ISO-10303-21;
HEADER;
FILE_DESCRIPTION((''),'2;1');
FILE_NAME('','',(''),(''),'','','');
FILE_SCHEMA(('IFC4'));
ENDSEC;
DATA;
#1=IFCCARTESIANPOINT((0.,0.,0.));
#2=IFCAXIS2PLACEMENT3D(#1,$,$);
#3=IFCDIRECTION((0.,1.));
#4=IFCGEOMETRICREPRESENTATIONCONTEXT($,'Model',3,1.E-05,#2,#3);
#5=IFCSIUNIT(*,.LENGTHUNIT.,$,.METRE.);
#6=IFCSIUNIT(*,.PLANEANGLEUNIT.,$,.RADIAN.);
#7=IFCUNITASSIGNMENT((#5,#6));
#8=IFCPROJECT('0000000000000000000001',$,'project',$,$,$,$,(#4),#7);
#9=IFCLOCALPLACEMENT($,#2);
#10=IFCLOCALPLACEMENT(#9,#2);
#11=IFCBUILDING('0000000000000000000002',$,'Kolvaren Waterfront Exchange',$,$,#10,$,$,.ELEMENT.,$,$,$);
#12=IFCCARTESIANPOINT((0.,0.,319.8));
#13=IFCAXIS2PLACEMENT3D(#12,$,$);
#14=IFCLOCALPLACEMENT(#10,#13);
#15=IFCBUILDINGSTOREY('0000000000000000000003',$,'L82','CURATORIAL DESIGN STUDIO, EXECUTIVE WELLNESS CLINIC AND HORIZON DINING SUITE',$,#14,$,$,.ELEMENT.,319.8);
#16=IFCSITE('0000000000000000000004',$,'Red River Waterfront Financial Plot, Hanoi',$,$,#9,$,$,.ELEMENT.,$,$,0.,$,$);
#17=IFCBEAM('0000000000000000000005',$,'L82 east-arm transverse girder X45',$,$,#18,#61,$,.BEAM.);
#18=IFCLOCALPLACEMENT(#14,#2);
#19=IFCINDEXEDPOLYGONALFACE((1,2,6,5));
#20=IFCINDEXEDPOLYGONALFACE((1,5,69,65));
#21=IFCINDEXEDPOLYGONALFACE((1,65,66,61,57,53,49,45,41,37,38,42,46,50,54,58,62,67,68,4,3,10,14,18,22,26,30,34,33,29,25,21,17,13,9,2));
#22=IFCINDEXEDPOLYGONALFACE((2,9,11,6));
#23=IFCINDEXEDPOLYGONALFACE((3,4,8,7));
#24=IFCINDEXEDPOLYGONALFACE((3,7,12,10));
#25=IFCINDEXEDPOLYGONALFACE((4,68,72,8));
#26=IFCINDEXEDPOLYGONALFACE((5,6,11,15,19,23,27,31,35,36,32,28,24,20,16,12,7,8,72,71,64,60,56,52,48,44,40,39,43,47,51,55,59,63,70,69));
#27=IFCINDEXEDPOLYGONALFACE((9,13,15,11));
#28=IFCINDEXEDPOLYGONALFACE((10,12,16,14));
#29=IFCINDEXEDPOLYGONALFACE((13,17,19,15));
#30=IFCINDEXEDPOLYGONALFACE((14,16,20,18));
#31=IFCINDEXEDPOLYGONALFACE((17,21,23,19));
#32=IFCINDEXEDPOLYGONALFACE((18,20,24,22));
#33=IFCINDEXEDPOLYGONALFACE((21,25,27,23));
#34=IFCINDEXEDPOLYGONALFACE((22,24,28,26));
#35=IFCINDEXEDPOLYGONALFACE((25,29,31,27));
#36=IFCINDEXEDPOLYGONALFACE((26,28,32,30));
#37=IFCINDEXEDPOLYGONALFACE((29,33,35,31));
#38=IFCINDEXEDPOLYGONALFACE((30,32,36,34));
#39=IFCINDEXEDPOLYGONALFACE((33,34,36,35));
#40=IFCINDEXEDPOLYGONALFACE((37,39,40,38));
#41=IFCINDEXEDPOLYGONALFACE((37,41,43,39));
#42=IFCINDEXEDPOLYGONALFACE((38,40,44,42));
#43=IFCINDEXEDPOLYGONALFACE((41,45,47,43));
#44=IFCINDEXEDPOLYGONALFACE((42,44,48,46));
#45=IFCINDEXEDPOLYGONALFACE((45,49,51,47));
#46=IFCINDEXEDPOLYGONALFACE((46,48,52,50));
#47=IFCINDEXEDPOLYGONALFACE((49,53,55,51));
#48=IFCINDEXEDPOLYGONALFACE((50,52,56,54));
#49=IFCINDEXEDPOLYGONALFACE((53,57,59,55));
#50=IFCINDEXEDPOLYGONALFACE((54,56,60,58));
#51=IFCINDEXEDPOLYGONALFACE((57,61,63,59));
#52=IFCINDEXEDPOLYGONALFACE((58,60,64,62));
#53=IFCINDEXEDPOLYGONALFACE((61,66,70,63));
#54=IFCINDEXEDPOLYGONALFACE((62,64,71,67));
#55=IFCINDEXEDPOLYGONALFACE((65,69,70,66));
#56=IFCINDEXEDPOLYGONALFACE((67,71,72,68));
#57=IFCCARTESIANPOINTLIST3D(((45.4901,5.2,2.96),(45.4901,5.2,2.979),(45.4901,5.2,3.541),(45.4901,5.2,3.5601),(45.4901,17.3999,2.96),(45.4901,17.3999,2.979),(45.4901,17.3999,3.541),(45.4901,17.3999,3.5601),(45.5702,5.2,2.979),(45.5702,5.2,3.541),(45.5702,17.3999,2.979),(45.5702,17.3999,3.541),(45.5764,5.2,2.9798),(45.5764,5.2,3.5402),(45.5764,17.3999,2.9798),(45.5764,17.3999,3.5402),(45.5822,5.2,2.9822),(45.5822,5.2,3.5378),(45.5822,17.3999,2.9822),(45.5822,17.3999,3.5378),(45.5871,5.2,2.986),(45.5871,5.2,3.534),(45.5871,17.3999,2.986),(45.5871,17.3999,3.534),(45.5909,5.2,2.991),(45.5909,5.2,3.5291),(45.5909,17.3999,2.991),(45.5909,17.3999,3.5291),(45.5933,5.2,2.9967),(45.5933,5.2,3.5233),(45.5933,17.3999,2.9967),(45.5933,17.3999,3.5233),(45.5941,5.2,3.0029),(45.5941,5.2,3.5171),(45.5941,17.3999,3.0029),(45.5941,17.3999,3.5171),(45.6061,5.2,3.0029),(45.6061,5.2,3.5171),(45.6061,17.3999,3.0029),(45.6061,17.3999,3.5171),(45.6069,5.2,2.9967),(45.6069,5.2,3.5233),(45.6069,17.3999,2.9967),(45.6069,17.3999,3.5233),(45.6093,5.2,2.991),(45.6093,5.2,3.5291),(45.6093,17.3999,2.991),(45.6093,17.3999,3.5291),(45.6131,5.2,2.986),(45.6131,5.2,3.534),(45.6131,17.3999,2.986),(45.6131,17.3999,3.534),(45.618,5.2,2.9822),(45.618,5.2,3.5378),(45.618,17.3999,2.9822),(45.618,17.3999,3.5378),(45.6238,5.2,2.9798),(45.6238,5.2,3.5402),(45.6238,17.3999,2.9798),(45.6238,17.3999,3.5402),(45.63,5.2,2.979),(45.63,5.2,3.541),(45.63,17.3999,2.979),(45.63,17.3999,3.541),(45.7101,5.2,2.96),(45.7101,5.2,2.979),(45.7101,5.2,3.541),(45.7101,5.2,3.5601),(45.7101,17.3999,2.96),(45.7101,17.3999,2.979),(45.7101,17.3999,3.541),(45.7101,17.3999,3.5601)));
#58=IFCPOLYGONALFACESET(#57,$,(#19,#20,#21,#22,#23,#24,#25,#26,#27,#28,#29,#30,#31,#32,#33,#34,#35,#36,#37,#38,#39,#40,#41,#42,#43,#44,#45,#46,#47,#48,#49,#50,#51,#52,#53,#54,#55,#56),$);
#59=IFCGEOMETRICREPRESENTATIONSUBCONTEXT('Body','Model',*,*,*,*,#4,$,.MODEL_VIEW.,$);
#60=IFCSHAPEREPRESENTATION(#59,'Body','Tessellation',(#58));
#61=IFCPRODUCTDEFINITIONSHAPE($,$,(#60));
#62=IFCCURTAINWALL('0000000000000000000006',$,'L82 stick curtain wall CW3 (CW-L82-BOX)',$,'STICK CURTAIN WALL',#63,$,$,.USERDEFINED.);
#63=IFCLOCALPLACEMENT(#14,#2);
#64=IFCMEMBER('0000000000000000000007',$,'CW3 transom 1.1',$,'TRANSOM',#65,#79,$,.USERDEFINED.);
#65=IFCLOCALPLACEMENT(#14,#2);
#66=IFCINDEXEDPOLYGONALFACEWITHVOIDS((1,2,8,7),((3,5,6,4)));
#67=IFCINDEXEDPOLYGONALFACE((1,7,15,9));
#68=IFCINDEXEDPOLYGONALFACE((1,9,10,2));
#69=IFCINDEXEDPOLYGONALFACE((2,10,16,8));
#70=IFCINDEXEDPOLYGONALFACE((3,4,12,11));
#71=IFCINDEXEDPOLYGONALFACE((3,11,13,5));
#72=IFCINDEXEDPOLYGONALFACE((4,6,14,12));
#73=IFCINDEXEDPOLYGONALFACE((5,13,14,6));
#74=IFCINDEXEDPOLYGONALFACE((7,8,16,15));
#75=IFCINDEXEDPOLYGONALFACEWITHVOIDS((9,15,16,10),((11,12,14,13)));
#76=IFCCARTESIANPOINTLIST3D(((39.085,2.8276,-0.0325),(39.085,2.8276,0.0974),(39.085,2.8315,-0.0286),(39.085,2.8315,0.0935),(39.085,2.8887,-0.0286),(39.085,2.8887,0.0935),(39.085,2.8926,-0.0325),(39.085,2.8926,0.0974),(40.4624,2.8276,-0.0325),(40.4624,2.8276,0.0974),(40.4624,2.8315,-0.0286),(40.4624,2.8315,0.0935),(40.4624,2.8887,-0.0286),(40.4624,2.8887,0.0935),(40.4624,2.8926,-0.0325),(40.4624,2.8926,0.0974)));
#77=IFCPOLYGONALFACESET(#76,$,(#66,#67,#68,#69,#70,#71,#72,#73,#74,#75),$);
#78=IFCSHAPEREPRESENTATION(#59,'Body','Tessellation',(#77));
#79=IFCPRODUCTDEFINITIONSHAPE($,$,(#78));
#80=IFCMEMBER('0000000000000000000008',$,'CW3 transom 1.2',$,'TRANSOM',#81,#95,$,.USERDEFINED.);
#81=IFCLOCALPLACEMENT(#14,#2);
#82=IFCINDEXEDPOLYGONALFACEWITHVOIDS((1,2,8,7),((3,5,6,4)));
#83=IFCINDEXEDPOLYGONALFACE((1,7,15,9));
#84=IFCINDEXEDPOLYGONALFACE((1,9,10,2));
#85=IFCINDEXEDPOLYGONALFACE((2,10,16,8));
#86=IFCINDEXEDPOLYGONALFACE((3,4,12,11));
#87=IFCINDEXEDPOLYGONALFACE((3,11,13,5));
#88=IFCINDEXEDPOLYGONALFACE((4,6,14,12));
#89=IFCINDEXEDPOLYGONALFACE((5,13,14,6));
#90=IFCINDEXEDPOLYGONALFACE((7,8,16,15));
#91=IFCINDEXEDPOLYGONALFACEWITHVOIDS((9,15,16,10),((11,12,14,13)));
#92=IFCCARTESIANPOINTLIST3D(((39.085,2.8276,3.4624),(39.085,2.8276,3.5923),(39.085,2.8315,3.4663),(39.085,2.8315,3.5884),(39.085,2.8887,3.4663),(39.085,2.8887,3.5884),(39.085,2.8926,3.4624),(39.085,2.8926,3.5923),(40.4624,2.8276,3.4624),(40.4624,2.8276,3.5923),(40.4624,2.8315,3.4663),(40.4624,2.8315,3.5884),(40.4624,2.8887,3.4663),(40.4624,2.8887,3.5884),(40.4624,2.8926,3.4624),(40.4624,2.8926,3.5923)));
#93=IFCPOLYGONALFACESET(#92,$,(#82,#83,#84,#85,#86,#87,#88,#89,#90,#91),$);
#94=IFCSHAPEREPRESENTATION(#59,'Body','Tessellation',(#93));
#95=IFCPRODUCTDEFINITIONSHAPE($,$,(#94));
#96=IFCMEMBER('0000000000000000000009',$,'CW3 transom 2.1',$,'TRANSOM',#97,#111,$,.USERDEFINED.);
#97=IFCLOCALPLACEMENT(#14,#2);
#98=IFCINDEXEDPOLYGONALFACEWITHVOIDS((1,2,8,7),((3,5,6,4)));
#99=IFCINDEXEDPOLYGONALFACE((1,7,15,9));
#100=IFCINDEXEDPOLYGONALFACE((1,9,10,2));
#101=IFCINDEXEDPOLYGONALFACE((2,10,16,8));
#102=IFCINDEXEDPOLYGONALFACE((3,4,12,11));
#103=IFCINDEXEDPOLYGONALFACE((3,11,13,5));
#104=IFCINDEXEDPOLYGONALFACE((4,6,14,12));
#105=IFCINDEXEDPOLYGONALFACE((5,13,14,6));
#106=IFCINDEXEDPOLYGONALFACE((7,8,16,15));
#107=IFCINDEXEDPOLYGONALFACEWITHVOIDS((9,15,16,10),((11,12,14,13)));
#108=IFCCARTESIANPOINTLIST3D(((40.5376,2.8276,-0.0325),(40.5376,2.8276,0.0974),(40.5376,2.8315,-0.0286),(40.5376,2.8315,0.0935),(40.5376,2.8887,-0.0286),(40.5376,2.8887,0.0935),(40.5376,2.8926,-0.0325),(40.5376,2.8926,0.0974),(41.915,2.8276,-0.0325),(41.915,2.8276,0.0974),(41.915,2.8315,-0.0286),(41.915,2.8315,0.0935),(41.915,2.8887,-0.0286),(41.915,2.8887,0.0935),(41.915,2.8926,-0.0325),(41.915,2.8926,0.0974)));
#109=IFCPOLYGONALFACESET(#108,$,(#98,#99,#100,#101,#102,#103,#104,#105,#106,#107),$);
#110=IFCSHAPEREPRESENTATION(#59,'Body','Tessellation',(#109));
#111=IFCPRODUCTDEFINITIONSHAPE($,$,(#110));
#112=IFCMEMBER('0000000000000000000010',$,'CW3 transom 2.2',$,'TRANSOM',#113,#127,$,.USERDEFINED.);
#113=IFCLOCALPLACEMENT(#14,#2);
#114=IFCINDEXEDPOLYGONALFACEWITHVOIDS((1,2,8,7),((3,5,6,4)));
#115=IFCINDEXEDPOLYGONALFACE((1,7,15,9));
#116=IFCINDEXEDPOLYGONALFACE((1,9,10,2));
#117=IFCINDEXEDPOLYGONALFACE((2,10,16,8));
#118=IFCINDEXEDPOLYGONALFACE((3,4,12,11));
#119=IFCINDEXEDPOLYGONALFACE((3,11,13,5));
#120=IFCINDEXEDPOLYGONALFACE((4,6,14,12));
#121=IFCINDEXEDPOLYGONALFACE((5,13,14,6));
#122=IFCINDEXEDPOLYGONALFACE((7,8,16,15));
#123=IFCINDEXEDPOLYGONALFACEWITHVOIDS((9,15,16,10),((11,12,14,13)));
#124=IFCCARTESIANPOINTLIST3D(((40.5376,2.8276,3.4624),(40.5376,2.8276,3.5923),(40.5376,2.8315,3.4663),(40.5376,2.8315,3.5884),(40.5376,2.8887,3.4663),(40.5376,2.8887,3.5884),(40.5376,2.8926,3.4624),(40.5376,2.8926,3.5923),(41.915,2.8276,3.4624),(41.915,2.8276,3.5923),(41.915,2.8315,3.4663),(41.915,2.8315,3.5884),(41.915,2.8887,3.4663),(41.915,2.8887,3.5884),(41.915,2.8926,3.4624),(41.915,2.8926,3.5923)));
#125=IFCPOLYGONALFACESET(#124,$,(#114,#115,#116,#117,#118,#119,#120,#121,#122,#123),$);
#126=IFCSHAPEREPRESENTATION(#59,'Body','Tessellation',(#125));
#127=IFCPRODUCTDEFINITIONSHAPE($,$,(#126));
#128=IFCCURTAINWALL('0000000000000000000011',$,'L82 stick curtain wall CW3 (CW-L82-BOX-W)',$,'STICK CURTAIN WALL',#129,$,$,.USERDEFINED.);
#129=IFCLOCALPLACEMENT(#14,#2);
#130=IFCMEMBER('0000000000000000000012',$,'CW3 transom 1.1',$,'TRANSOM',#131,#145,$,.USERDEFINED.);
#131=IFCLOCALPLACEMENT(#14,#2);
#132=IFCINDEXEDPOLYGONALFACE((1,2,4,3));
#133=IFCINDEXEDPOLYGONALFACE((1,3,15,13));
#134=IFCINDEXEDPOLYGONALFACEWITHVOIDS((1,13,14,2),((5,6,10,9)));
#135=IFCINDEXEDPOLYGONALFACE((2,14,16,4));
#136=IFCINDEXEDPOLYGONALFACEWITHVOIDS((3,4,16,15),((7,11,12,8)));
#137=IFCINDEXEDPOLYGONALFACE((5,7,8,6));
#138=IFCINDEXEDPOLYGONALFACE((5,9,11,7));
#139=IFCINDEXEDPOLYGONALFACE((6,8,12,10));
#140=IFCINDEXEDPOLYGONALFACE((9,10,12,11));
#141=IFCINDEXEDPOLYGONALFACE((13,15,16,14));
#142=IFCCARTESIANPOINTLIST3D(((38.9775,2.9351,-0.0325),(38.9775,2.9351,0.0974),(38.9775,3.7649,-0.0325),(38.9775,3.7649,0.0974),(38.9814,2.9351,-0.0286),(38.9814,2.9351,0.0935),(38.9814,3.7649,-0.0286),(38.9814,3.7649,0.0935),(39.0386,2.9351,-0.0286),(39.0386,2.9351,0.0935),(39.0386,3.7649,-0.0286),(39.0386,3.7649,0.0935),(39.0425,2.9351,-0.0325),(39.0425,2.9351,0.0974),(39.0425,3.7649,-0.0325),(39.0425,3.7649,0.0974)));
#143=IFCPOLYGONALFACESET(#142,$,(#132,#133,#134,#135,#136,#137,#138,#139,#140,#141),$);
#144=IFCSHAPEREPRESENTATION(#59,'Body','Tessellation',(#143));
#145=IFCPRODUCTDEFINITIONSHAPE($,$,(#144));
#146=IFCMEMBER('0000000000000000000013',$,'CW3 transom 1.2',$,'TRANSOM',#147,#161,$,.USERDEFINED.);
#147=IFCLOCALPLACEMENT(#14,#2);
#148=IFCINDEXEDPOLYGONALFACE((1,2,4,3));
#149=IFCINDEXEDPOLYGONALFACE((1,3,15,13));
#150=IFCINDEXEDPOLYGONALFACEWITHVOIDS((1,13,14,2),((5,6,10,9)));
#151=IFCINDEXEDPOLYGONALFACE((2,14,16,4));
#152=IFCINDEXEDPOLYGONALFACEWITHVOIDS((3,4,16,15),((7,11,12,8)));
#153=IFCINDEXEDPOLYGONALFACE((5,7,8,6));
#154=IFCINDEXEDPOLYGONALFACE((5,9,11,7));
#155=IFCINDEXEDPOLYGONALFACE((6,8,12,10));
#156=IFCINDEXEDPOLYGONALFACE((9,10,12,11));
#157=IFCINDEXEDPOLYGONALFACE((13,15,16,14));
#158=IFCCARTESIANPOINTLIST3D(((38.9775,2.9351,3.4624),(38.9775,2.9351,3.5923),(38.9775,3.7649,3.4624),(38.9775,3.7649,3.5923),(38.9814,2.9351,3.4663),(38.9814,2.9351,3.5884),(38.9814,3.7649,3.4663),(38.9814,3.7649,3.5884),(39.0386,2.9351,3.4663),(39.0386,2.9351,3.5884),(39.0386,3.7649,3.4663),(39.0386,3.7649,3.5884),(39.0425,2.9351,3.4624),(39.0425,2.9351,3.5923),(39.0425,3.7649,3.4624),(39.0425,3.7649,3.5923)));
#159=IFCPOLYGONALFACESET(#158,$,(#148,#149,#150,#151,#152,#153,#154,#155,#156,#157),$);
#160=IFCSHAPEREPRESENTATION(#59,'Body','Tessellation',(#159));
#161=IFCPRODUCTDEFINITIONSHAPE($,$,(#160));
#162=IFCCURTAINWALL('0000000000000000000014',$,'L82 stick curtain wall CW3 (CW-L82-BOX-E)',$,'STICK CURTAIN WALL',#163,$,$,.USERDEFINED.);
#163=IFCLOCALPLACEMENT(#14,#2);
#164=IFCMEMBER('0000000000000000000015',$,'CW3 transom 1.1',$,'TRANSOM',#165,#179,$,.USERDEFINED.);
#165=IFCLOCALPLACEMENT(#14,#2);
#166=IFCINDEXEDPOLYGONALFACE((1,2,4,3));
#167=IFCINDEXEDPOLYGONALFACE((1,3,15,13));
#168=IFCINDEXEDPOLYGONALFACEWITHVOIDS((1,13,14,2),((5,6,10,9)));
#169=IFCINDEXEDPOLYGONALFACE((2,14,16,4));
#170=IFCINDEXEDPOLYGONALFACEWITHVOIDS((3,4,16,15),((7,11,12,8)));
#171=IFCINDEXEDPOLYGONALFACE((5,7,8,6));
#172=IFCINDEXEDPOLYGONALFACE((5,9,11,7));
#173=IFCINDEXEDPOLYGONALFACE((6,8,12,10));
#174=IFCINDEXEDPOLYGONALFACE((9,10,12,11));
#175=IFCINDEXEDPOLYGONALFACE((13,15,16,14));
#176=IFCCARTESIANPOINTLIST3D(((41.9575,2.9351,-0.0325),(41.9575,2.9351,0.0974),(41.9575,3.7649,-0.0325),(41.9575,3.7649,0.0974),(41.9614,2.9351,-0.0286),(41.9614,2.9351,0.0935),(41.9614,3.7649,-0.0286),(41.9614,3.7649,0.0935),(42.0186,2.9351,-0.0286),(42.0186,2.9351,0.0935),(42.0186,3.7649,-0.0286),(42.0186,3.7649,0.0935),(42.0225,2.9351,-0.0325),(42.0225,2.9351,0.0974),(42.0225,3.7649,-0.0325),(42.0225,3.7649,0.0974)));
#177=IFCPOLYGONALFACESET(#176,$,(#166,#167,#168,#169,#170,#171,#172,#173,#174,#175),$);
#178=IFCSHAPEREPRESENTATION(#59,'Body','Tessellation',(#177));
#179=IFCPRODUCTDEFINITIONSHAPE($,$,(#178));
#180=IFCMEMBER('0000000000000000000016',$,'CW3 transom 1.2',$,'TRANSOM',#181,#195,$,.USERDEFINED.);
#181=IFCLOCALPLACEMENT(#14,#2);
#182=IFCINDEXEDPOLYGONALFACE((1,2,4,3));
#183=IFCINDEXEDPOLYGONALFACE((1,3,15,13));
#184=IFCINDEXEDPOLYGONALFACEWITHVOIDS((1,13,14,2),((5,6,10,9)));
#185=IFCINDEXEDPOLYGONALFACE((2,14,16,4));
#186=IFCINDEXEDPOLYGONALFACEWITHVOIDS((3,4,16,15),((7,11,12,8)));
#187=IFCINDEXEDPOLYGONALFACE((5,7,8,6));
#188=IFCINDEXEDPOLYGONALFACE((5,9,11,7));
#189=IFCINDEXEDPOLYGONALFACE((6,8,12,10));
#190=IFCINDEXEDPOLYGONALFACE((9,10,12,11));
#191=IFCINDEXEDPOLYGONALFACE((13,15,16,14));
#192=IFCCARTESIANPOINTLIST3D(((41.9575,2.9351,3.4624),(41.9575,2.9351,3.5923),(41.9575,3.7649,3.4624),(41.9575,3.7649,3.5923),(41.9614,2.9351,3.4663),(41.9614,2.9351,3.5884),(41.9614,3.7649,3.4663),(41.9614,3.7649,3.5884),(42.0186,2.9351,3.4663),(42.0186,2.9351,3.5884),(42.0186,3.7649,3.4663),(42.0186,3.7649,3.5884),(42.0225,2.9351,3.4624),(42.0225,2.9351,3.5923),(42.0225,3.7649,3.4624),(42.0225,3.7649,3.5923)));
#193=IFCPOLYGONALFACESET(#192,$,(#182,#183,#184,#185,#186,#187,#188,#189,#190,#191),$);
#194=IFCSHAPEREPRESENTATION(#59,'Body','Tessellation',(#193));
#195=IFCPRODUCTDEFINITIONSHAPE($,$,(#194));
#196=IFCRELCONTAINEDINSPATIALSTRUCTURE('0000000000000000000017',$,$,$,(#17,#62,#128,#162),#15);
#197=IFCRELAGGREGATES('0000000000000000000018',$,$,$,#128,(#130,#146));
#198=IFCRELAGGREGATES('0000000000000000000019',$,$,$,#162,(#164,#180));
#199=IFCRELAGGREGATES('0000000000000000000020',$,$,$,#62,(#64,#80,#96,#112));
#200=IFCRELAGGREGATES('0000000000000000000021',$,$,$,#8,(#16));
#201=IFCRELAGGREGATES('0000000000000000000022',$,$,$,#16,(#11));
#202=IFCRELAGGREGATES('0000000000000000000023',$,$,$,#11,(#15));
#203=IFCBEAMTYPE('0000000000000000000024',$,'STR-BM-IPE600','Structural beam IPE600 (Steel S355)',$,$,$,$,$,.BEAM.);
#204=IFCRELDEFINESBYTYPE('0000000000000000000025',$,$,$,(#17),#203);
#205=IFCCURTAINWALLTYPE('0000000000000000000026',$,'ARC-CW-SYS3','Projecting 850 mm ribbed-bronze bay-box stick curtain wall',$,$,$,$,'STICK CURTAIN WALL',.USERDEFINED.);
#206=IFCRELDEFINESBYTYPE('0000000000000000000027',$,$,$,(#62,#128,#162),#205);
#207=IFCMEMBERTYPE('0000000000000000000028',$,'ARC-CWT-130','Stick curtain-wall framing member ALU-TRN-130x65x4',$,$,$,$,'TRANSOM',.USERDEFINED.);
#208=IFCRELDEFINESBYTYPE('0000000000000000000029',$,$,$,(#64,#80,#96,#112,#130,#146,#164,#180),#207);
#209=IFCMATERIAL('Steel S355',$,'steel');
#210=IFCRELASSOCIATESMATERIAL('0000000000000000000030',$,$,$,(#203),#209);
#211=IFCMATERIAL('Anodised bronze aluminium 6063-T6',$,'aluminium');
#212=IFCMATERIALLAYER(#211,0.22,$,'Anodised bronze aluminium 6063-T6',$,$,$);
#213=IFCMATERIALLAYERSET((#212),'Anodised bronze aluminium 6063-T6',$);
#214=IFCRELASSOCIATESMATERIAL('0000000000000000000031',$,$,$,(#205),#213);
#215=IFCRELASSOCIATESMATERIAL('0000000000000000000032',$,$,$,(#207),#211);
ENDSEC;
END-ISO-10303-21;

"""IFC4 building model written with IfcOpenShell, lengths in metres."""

from ifc_helpers import new_model, si_unit, direction, frame, origin, origin_with_axes, origin_2d, place, context, subcontext, project, spatial, hollow_rectangle, i_section, extrude, source, transform, mapped, material, layer, layer_set, material_profile, profile_set, type_object, element, aggregate, save


model = new_model("IFC4")

# Units and contexts
model_context = context("Model", 3, precision=1e-05, world=origin(), true_north=direction((0.0, 1.0)))
body_context = subcontext(model_context, "Body", "Model", "MODEL_VIEW")
ifc_project = project(units=[si_unit("LENGTHUNIT", "METRE"), si_unit("PLANEANGLEUNIT", "RADIAN")], contexts=[model_context])

# Site, building, storey
site_placement = place(None, origin())
site = spatial("IfcSite", under=ifc_project, at=site_placement, Name="Red River Waterfront Financial Plot, Hanoi", CompositionType="ELEMENT", RefElevation=0.0)
building_placement = place(site_placement, origin())
building = spatial("IfcBuilding", under=site, at=building_placement, Name="Kolvaren Waterfront Exchange", CompositionType="ELEMENT")
storey_placement = place(building_placement, frame((0.0, 0.0, 319.8)))
storey = spatial("IfcBuildingStorey", under=building, at=storey_placement, Name="L82", Description="CURATORIAL DESIGN STUDIO, EXECUTIVE WELLNESS CLINIC AND HORIZON DINING SUITE", CompositionType="ELEMENT", Elevation=319.8)

# Beam
ifc_material_1 = material(Name="Steel S355", Category="steel")
ifc_material_profile_1 = material_profile(ifc_material_1, i_section(OverallWidth=0.22, OverallDepth=0.6001, WebThickness=0.012, FlangeThickness=0.019, FilletRadius=0.0239, at=origin_2d()), Name="IPE600")
ifc_profile_set_1 = profile_set([ifc_material_profile_1], Name="Steel S355")
beam_type_1 = type_object("IfcBeamType", Name="STR-BM-IPE600", Description="Structural beam IPE600 (Steel S355)", PredefinedType="BEAM", material=ifc_profile_set_1)
for number, where, z_axis, x_axis, name in (
    (1, (45.6001, 5.2, 3.26), (0.0, 1.0, 0.0), (-1.0, 0.0, 0.0), "L82 east-arm transverse girder X45"),
):
    element("IfcBeam", number, at=place(storey_placement, frame(where, z_axis=z_axis, x_axis=x_axis)), inside=storey, type_object=beam_type_1, Name=name, PredefinedType="BEAM", context=body_context, shape_type="SweptSolid", body=[
        extrude(i_section(OverallWidth=0.22, OverallDepth=0.6001, WebThickness=0.012, FlangeThickness=0.019, FilletRadius=0.0239, at=origin_2d()), origin(), (0.0, 0.0, 1.0), 12.2),
    ])

# Curtain walls, members
ifc_material_2 = material(Name="Anodised bronze aluminium 6063-T6", Category="aluminium")
ifc_layer_1 = layer(ifc_material_2, 0.22, Name="Anodised bronze aluminium 6063-T6")
ifc_layer_set_1 = layer_set([ifc_layer_1], Name="Anodised bronze aluminium 6063-T6")
curtain_wall_type_1 = type_object("IfcCurtainWallType", Name="ARC-CW-SYS3", Description="Projecting 850 mm ribbed-bronze bay-box stick curtain wall", ElementType="STICK CURTAIN WALL", PredefinedType="USERDEFINED", material=ifc_layer_set_1)
curtain_wall_1_placement = place(storey_placement, origin())
curtain_wall_1 = element("IfcCurtainWall", 2, at=curtain_wall_1_placement, inside=storey, type_object=curtain_wall_type_1, Name="L82 stick curtain wall CW3 (CW-L82-BOX)", ObjectType="STICK CURTAIN WALL", PredefinedType="USERDEFINED")
ifc_material_profile_2 = material_profile(ifc_material_2, hollow_rectangle(XDim=0.0649, YDim=0.1299, WallThickness=0.0039, at=origin_2d()), Name="ALU-TRN-130x65x4")
ifc_profile_set_2 = profile_set([ifc_material_profile_2], Name="Anodised bronze aluminium 6063-T6")
member_type_1 = type_object("IfcMemberType", Name="ARC-CWT-130", Description="Stick curtain-wall framing member ALU-TRN-130x65x4", ElementType="TRANSOM", PredefinedType="USERDEFINED", material=ifc_profile_set_2)
shared_shape_1 = source(origin_with_axes(), body_context, "Body", "SweptSolid", [
    extrude(hollow_rectangle(XDim=0.0649, YDim=0.1299, WallThickness=0.0039, at=origin_2d()), origin(), (0.0, 0.0, 1.0), 1.3774),
])
member_1_placement = place(storey_placement, frame((39.085, 2.8601, 0.0325), z_axis=(1.0, 0.0, 0.0), x_axis=(0.0, 1.0, 0.0)))
member_1 = element("IfcMember", 3, at=member_1_placement, type_object=member_type_1, Name="CW3 transom 1.1", ObjectType="TRANSOM", PredefinedType="USERDEFINED", context=body_context, shape_type="MappedRepresentation", body=[
    mapped(shared_shape_1, transform((0.0, 0.0, 0.0), x_axis=(1.0, 0.0, 0.0), y_axis=(0.0, 1.0, 0.0), z_axis=(0.0, 0.0, 1.0), scale=1.0)),
])
member_2_placement = place(storey_placement, frame((39.085, 2.8601, 3.5273), z_axis=(1.0, 0.0, 0.0), x_axis=(0.0, 1.0, 0.0)))
member_2 = element("IfcMember", 4, at=member_2_placement, type_object=member_type_1, Name="CW3 transom 1.2", ObjectType="TRANSOM", PredefinedType="USERDEFINED", context=body_context, shape_type="MappedRepresentation", body=[
    mapped(shared_shape_1, transform((0.0, 0.0, 0.0), x_axis=(1.0, 0.0, 0.0), y_axis=(0.0, 1.0, 0.0), z_axis=(0.0, 0.0, 1.0), scale=1.0)),
])
member_3_placement = place(storey_placement, frame((40.5376, 2.8601, 0.0325), z_axis=(1.0, 0.0, 0.0), x_axis=(0.0, 1.0, 0.0)))
member_3 = element("IfcMember", 5, at=member_3_placement, type_object=member_type_1, Name="CW3 transom 2.1", ObjectType="TRANSOM", PredefinedType="USERDEFINED", context=body_context, shape_type="MappedRepresentation", body=[
    mapped(shared_shape_1, transform((0.0, 0.0, 0.0), x_axis=(1.0, 0.0, 0.0), y_axis=(0.0, 1.0, 0.0), z_axis=(0.0, 0.0, 1.0), scale=1.0)),
])
member_4_placement = place(storey_placement, frame((40.5376, 2.8601, 3.5273), z_axis=(1.0, 0.0, 0.0), x_axis=(0.0, 1.0, 0.0)))
member_4 = element("IfcMember", 6, at=member_4_placement, type_object=member_type_1, Name="CW3 transom 2.2", ObjectType="TRANSOM", PredefinedType="USERDEFINED", context=body_context, shape_type="MappedRepresentation", body=[
    mapped(shared_shape_1, transform((0.0, 0.0, 0.0), x_axis=(1.0, 0.0, 0.0), y_axis=(0.0, 1.0, 0.0), z_axis=(0.0, 0.0, 1.0), scale=1.0)),
])
curtain_wall_2_placement = place(storey_placement, origin())
curtain_wall_2 = element("IfcCurtainWall", 7, at=curtain_wall_2_placement, inside=storey, type_object=curtain_wall_type_1, Name="L82 stick curtain wall CW3 (CW-L82-BOX-W)", ObjectType="STICK CURTAIN WALL", PredefinedType="USERDEFINED")
shared_shape_2 = source(origin_with_axes(), body_context, "Body", "SweptSolid", [
    extrude(hollow_rectangle(XDim=0.0649, YDim=0.1299, WallThickness=0.0039, at=origin_2d()), origin(), (0.0, 0.0, 1.0), 0.8298),
])
member_5_placement = place(storey_placement, frame((39.01, 3.7649, 0.0325), z_axis=(0.0, -1.0, 0.0), x_axis=(1.0, 0.0, 0.0)))
member_5 = element("IfcMember", 8, at=member_5_placement, type_object=member_type_1, Name="CW3 transom 1.1", ObjectType="TRANSOM", PredefinedType="USERDEFINED", context=body_context, shape_type="MappedRepresentation", body=[
    mapped(shared_shape_2, transform((0.0, 0.0, 0.0), x_axis=(1.0, 0.0, 0.0), y_axis=(0.0, 1.0, 0.0), z_axis=(0.0, 0.0, 1.0), scale=1.0)),
])
member_6_placement = place(storey_placement, frame((39.01, 3.7649, 3.5273), z_axis=(0.0, -1.0, 0.0), x_axis=(1.0, 0.0, 0.0)))
member_6 = element("IfcMember", 9, at=member_6_placement, type_object=member_type_1, Name="CW3 transom 1.2", ObjectType="TRANSOM", PredefinedType="USERDEFINED", context=body_context, shape_type="MappedRepresentation", body=[
    mapped(shared_shape_2, transform((0.0, 0.0, 0.0), x_axis=(1.0, 0.0, 0.0), y_axis=(0.0, 1.0, 0.0), z_axis=(0.0, 0.0, 1.0), scale=1.0)),
])
curtain_wall_3_placement = place(storey_placement, origin())
curtain_wall_3 = element("IfcCurtainWall", 10, at=curtain_wall_3_placement, inside=storey, type_object=curtain_wall_type_1, Name="L82 stick curtain wall CW3 (CW-L82-BOX-E)", ObjectType="STICK CURTAIN WALL", PredefinedType="USERDEFINED")
member_7_placement = place(storey_placement, frame((41.99, 2.9351, 0.0325), z_axis=(0.0, 1.0, 0.0), x_axis=(-1.0, 0.0, 0.0)))
member_7 = element("IfcMember", 11, at=member_7_placement, type_object=member_type_1, Name="CW3 transom 1.1", ObjectType="TRANSOM", PredefinedType="USERDEFINED", context=body_context, shape_type="MappedRepresentation", body=[
    mapped(shared_shape_2, transform((0.0, 0.0, 0.0), x_axis=(1.0, 0.0, 0.0), y_axis=(0.0, 1.0, 0.0), z_axis=(0.0, 0.0, 1.0), scale=1.0)),
])
member_8_placement = place(storey_placement, frame((41.99, 2.9351, 3.5273), z_axis=(0.0, 1.0, 0.0), x_axis=(-1.0, 0.0, 0.0)))
member_8 = element("IfcMember", 12, at=member_8_placement, type_object=member_type_1, Name="CW3 transom 1.2", ObjectType="TRANSOM", PredefinedType="USERDEFINED", context=body_context, shape_type="MappedRepresentation", body=[
    mapped(shared_shape_2, transform((0.0, 0.0, 0.0), x_axis=(1.0, 0.0, 0.0), y_axis=(0.0, 1.0, 0.0), z_axis=(0.0, 0.0, 1.0), scale=1.0)),
])

aggregate(curtain_wall_2, [member_5, member_6])
aggregate(curtain_wall_3, [member_7, member_8])
aggregate(curtain_wall_1, [member_1, member_2, member_3, member_4])

save(model, "model.ifc")
